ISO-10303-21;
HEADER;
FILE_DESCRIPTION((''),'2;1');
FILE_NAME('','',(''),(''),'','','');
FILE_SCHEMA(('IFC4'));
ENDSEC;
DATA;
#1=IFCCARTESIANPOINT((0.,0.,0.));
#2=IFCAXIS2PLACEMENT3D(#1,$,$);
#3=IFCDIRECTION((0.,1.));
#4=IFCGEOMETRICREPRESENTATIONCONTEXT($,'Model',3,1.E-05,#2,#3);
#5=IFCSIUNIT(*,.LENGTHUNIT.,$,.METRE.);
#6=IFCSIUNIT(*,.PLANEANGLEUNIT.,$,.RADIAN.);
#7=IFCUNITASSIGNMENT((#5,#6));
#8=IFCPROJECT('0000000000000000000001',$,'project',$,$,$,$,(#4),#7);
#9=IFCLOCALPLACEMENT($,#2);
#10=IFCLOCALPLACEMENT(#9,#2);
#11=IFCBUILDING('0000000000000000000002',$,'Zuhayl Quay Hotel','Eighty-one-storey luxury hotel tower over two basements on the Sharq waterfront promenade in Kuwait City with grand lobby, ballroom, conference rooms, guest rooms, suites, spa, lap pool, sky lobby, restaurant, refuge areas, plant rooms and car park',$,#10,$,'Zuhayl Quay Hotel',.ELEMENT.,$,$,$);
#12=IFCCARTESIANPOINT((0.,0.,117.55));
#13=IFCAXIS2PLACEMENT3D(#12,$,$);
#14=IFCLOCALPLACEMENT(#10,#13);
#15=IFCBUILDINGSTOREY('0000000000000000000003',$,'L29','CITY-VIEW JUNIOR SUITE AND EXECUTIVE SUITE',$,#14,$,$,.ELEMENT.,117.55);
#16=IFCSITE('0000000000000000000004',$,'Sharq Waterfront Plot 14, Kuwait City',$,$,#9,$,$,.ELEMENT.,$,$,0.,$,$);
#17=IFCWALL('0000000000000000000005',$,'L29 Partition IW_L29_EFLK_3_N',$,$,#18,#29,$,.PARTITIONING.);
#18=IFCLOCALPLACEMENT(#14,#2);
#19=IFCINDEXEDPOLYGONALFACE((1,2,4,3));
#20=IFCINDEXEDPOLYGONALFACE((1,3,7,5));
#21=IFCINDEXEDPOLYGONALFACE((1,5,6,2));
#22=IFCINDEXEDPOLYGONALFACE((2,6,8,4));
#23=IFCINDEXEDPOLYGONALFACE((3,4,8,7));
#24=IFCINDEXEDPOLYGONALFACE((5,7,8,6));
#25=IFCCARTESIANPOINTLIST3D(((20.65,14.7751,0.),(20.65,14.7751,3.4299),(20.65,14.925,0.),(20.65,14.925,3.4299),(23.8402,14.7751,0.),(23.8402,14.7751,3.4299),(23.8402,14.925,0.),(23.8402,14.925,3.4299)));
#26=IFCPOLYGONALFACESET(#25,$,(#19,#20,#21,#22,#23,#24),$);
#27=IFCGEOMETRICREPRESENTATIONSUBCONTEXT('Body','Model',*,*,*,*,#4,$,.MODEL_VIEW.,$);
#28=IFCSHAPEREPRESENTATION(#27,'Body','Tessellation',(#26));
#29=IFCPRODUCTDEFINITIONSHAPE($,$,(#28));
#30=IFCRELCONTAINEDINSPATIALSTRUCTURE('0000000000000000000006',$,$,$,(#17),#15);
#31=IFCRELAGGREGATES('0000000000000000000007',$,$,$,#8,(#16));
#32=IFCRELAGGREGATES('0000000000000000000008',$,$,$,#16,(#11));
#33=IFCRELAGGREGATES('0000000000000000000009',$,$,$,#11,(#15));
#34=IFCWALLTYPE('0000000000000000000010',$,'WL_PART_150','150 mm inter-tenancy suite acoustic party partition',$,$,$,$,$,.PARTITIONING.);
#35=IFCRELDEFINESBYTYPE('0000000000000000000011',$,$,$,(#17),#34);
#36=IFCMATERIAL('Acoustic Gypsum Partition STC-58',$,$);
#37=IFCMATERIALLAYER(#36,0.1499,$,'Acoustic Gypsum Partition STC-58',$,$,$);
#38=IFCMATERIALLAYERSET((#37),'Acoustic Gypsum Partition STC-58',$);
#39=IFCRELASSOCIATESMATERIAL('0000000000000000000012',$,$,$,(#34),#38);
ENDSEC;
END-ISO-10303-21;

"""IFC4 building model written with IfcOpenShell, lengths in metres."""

from ifc_helpers import new_model, si_unit, direction, frame, frame_2d, origin, place, context, subcontext, project, spatial, rectangle, extrude, material, layer, layer_set, type_object, element, save


model = new_model("IFC4")

# Units and contexts
model_context = context("Model", 3, precision=1e-05, world=origin(), true_north=direction((0.0, 1.0)))
body_context = subcontext(model_context, "Body", "Model", "MODEL_VIEW")
ifc_project = project(units=[si_unit("LENGTHUNIT", "METRE"), si_unit("PLANEANGLEUNIT", "RADIAN")], contexts=[model_context])

# Site, building, storey
site_placement = place(None, origin())
site = spatial("IfcSite", under=ifc_project, at=site_placement, Name="Sharq Waterfront Plot 14, Kuwait City", CompositionType="ELEMENT", RefElevation=0.0)
building_placement = place(site_placement, origin())
building = spatial("IfcBuilding", under=site, at=building_placement, Name="Zuhayl Quay Hotel", Description="Eighty-one-storey luxury hotel tower over two basements on the Sharq waterfront promenade in Kuwait City with grand lobby, ballroom, conference rooms, guest rooms, suites, spa, lap pool, sky lobby, restaurant, refuge areas, plant rooms and car park", LongName="Zuhayl Quay Hotel", CompositionType="ELEMENT")
storey_placement = place(building_placement, frame((0.0, 0.0, 117.55)))
storey = spatial("IfcBuildingStorey", under=building, at=storey_placement, Name="L29", Description="CITY-VIEW JUNIOR SUITE AND EXECUTIVE SUITE", CompositionType="ELEMENT", Elevation=117.55)

# Wall
ifc_material_1 = material(Name="Acoustic Gypsum Partition STC-58")
ifc_layer_1 = layer(ifc_material_1, 0.1499, Name="Acoustic Gypsum Partition STC-58")
ifc_layer_set_1 = layer_set([ifc_layer_1], Name="Acoustic Gypsum Partition STC-58")
wall_type_1 = type_object("IfcWallType", Name="WL_PART_150", Description="150 mm inter-tenancy suite acoustic party partition", PredefinedType="PARTITIONING", material=ifc_layer_set_1)
wall_1_placement = place(storey_placement, frame((20.6499, 14.8501, 0.0), z_axis=(0.0, 0.0, 1.0), x_axis=(1.0, 0.0, 0.0)))
element("IfcWall", 1, at=wall_1_placement, inside=storey, type_object=wall_type_1, Name="L29 Partition IW_L29_EFLK_3_N", PredefinedType="PARTITIONING", context=body_context, shape_type="SweptSolid", body=[
    extrude(rectangle(XDim=3.1902, YDim=0.1499, at=frame_2d((1.5952, 0.0))), origin(), (0.0, 0.0, 1.0), 3.4299),
])

save(model, "model.ifc")
